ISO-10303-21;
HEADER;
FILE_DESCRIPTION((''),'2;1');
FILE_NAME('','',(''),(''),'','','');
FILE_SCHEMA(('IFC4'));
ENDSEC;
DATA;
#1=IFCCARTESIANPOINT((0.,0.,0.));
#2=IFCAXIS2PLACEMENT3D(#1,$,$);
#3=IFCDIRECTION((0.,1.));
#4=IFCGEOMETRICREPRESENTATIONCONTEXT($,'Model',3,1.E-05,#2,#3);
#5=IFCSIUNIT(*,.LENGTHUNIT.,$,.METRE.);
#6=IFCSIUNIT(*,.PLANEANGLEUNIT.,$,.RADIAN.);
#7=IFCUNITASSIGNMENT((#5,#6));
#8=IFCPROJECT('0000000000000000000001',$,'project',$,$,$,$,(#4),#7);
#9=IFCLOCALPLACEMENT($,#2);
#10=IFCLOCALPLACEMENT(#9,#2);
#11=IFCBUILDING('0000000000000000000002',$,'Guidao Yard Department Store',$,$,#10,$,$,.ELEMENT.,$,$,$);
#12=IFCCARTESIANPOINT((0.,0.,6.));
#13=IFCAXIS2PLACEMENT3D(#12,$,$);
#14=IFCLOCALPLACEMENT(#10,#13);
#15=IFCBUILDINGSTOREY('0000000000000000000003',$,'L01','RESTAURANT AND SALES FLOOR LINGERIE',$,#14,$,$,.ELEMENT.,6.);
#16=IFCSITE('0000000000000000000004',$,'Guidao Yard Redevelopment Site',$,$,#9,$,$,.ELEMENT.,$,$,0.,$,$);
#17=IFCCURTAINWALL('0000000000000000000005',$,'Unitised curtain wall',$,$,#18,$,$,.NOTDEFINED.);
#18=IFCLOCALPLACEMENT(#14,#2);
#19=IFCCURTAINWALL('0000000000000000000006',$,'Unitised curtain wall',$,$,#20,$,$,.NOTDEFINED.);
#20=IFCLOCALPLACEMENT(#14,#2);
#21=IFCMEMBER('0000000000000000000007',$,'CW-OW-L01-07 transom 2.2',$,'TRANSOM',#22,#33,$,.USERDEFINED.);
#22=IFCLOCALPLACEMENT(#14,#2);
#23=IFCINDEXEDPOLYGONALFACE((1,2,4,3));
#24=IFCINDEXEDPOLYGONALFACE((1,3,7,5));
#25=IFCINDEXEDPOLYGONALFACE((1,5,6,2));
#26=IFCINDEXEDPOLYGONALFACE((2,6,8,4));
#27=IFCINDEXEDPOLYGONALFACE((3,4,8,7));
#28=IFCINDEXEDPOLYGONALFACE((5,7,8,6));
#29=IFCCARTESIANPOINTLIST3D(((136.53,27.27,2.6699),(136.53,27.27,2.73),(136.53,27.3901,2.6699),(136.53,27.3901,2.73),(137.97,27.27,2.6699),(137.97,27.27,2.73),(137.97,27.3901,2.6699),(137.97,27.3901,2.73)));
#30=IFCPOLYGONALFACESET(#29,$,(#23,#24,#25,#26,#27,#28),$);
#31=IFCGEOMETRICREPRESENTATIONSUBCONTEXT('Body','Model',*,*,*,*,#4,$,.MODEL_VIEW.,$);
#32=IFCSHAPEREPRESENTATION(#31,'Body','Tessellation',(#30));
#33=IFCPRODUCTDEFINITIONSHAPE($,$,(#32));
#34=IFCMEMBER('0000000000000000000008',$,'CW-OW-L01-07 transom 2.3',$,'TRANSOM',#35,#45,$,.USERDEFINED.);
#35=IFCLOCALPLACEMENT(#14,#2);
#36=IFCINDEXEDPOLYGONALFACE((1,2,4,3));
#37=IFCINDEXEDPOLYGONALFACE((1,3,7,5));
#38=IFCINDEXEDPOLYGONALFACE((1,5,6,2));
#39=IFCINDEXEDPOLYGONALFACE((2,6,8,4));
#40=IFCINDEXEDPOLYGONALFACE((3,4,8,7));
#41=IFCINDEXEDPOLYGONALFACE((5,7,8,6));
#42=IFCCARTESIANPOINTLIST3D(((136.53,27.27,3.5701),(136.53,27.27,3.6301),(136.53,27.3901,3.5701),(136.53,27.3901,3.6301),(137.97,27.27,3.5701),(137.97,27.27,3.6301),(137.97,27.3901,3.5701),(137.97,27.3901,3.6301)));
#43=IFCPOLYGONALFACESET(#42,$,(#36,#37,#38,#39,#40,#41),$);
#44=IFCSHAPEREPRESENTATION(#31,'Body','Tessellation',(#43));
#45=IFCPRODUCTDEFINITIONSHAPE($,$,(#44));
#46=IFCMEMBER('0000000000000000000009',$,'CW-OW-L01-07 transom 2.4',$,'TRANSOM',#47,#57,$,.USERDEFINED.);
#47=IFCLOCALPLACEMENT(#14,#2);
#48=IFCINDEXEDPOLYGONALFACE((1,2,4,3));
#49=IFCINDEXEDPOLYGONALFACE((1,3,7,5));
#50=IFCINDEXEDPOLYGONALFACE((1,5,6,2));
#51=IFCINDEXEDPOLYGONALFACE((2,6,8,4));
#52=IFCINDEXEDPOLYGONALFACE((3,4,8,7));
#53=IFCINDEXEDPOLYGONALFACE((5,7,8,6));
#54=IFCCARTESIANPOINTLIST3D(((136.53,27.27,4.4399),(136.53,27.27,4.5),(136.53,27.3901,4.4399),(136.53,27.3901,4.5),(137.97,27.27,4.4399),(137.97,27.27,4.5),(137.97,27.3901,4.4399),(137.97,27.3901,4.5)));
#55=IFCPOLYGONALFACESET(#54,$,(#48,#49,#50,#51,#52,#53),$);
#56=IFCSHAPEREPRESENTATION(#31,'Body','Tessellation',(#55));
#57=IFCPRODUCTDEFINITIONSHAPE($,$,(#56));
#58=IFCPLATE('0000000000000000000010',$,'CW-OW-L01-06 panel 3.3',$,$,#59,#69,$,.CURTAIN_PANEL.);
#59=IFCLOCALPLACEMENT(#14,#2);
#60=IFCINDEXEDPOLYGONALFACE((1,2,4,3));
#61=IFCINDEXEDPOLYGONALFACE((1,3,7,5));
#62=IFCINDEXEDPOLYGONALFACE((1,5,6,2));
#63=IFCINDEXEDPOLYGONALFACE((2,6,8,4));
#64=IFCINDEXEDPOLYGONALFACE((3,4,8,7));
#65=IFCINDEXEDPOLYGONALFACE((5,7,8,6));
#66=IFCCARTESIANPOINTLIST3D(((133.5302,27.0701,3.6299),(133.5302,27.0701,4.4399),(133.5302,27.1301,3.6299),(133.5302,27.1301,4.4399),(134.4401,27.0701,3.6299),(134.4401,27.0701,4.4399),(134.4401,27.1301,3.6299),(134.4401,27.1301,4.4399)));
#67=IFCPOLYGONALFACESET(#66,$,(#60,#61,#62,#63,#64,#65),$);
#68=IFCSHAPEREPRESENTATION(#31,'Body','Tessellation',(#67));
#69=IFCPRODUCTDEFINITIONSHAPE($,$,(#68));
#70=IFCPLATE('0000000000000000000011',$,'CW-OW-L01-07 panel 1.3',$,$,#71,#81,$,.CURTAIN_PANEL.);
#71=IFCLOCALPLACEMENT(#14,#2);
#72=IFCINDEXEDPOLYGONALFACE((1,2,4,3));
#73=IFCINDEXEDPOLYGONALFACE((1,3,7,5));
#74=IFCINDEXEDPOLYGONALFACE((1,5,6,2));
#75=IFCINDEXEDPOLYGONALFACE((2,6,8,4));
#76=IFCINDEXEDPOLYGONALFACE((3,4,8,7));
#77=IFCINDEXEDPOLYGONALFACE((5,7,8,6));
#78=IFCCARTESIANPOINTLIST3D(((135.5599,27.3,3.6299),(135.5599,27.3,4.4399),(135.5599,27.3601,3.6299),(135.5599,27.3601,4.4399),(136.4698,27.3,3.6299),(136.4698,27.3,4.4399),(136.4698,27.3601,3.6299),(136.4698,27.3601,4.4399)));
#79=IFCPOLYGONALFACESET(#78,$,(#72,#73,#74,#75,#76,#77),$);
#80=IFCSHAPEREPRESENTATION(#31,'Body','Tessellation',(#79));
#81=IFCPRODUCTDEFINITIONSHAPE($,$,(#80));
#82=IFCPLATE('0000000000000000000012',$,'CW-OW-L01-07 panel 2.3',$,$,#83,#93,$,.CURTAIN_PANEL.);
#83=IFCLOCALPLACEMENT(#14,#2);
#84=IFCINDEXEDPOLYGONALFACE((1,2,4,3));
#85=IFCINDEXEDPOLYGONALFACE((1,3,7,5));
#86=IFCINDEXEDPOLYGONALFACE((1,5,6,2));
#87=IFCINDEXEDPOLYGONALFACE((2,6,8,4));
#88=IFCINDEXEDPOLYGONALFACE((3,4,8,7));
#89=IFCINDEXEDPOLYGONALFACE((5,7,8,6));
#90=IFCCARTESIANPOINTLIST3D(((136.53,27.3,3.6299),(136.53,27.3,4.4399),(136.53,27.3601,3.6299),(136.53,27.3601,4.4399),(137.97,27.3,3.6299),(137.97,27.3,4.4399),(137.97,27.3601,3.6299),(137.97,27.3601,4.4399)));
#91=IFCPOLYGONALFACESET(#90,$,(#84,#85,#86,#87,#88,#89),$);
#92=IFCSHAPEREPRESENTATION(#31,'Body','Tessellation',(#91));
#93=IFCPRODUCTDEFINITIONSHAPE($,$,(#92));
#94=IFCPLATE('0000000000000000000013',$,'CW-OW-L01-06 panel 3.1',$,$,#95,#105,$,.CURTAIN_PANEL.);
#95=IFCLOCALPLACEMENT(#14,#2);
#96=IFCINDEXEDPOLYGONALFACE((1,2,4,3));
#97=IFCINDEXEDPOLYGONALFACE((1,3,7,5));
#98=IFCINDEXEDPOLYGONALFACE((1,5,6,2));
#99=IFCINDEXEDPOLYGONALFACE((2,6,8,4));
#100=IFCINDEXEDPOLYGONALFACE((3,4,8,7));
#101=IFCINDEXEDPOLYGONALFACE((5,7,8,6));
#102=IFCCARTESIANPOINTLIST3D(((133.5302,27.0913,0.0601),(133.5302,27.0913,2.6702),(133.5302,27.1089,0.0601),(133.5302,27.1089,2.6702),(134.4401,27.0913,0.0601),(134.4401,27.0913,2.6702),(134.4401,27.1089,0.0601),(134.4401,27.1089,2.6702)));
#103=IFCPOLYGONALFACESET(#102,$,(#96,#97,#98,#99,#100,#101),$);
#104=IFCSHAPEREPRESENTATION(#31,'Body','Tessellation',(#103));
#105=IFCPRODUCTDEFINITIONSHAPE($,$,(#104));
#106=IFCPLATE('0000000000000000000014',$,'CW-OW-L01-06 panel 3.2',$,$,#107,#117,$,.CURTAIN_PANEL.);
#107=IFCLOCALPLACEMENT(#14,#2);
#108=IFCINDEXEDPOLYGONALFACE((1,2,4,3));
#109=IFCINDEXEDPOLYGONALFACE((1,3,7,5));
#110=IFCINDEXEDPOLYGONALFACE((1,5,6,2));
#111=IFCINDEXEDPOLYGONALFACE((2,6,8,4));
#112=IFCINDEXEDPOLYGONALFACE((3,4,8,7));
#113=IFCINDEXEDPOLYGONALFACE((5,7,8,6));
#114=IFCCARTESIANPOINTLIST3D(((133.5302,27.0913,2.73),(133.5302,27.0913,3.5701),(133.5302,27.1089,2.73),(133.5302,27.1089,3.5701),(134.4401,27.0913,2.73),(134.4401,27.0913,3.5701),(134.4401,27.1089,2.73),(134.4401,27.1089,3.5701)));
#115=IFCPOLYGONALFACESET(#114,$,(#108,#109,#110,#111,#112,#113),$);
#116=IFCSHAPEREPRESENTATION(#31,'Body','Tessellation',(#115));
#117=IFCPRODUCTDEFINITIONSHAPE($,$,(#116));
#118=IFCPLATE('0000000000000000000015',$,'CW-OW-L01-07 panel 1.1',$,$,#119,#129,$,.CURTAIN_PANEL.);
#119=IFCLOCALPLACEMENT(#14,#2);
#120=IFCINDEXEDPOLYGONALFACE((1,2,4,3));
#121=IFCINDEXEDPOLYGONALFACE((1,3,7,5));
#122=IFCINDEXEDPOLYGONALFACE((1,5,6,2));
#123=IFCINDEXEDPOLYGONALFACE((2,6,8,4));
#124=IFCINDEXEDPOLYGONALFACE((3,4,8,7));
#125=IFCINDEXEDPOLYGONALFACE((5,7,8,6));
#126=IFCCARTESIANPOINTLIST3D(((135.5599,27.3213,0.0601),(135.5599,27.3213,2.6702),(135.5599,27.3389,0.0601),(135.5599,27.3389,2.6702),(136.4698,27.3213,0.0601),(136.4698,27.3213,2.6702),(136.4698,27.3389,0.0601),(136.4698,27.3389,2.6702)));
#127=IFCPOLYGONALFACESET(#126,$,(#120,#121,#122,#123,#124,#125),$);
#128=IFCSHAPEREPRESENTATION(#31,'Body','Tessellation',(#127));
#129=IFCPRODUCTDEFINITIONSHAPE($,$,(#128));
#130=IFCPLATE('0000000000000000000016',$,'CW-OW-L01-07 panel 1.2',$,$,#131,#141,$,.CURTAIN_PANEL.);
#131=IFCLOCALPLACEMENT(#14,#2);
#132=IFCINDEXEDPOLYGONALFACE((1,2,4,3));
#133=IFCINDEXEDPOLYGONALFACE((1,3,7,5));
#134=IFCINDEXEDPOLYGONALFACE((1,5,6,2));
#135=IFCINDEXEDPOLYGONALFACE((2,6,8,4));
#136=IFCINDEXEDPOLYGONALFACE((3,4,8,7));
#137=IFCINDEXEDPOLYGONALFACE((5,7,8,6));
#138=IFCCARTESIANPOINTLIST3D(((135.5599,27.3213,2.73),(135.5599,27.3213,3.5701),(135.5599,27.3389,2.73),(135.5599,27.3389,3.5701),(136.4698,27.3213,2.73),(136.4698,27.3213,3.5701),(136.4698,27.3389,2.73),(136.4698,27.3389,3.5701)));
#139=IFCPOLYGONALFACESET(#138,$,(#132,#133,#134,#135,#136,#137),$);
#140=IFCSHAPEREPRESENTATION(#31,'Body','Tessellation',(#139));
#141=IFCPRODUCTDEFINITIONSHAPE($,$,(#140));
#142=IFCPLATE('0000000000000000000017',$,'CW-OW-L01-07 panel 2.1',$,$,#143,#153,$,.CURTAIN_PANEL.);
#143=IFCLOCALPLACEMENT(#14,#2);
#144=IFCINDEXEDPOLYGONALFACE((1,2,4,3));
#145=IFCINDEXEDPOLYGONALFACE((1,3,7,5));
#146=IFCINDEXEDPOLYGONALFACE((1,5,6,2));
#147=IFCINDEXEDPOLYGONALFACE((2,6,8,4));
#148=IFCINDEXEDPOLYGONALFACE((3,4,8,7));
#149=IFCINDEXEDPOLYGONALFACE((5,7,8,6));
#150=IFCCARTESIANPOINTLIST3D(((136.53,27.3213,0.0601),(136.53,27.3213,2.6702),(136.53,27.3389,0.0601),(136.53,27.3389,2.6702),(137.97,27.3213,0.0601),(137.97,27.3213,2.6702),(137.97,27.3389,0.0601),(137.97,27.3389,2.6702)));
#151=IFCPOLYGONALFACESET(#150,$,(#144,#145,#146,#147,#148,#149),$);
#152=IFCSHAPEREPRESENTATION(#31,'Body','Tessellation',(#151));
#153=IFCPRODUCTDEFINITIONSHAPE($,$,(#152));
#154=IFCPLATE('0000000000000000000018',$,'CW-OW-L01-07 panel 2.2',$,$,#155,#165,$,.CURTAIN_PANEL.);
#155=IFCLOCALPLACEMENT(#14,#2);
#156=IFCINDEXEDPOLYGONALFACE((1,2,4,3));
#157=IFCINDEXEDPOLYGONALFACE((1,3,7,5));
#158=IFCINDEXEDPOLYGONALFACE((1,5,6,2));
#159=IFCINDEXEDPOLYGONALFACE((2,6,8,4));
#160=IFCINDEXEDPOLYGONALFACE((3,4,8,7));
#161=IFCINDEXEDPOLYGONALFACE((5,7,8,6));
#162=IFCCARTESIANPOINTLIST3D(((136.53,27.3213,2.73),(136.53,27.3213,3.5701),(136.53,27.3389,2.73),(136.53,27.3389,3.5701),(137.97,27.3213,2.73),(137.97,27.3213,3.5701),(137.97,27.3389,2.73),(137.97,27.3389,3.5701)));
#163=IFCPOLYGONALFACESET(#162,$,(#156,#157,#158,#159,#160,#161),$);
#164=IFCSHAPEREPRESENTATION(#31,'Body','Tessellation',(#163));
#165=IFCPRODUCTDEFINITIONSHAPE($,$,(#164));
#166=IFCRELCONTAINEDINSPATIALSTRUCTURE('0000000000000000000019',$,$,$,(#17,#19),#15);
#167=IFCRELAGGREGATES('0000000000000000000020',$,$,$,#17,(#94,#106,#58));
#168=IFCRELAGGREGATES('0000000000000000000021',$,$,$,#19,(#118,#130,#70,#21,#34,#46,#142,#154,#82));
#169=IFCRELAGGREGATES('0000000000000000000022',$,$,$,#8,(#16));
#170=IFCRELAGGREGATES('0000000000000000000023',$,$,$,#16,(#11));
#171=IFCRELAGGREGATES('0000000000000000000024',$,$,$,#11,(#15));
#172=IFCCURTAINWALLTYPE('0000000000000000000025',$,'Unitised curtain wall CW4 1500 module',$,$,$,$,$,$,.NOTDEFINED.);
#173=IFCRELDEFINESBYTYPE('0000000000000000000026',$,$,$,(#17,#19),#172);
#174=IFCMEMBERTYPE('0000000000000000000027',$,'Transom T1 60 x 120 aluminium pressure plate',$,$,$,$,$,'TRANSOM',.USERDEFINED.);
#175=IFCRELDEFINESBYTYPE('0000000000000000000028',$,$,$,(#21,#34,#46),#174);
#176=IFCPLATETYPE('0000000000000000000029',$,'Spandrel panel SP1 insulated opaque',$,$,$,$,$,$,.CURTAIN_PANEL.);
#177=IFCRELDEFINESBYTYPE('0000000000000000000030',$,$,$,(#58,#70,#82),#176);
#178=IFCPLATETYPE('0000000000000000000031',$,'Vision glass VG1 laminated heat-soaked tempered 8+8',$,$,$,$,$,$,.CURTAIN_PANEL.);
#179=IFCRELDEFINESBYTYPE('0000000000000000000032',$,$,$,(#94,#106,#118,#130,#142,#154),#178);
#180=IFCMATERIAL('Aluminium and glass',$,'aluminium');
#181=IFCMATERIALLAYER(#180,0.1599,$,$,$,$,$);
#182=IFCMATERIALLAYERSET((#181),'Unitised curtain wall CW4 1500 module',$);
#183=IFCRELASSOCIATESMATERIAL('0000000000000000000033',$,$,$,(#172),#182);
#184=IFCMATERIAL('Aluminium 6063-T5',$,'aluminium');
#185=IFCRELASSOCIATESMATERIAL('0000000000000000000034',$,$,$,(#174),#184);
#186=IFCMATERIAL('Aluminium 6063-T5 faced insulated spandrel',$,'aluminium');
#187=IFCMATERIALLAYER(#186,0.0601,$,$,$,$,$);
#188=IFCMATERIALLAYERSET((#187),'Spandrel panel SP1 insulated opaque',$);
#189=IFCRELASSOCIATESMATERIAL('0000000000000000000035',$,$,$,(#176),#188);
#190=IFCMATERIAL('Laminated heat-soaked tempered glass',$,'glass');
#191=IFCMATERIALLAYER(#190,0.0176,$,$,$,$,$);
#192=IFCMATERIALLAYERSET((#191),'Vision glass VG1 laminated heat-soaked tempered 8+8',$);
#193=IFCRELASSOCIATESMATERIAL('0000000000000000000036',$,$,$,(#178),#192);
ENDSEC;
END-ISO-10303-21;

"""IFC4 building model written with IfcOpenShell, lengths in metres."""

from ifc_helpers import new_model, si_unit, direction, frame, origin, origin_2d, place, context, subcontext, project, spatial, rectangle, extrude, material, layer, layer_set, material_profile, profile_set, type_object, element, aggregate, save


model = new_model("IFC4")

# Units and contexts
model_context = context("Model", 3, precision=1e-05, world=origin(), true_north=direction((0.0, 1.0)))
body_context = subcontext(model_context, "Body", "Model", "MODEL_VIEW")
ifc_project = project(units=[si_unit("LENGTHUNIT", "METRE"), si_unit("PLANEANGLEUNIT", "RADIAN")], contexts=[model_context])

# Site, building, storey
site_placement = place(None, origin())
site = spatial("IfcSite", under=ifc_project, at=site_placement, Name="Guidao Yard Redevelopment Site", CompositionType="ELEMENT", RefElevation=0.0)
building_placement = place(site_placement, origin())
building = spatial("IfcBuilding", under=site, at=building_placement, Name="Guidao Yard Department Store", CompositionType="ELEMENT")
storey_placement = place(building_placement, frame((0.0, 0.0, 6.0)))
storey = spatial("IfcBuildingStorey", under=building, at=storey_placement, Name="L01", Description="RESTAURANT AND SALES FLOOR LINGERIE", CompositionType="ELEMENT", Elevation=6.0)

# Curtain wall
ifc_material_1 = material(Name="Aluminium and glass", Category="aluminium")
ifc_layer_1 = layer(ifc_material_1, 0.1599)
ifc_layer_set_1 = layer_set([ifc_layer_1], Name="Unitised curtain wall CW4 1500 module")
curtain_wall_type = type_object("IfcCurtainWallType", Name="Unitised curtain wall CW4 1500 module", PredefinedType="NOTDEFINED", material=ifc_layer_set_1)
curtain_wall_1_placement = place(storey_placement, origin())
curtain_wall_1 = element("IfcCurtainWall", 1, at=curtain_wall_1_placement, inside=storey, type_object=curtain_wall_type, Name="Unitised curtain wall", PredefinedType="NOTDEFINED")

# Curtain wall
curtain_wall_2_placement = place(storey_placement, origin())
curtain_wall_2 = element("IfcCurtainWall", 2, at=curtain_wall_2_placement, inside=storey, type_object=curtain_wall_type, Name="Unitised curtain wall", PredefinedType="NOTDEFINED")

# Members
ifc_material_2 = material(Name="Aluminium 6063-T5", Category="aluminium")
ifc_material_profile_1 = material_profile(ifc_material_2, rectangle(XDim=0.1201, YDim=0.0601, at=origin_2d()), Name="Transom T1 60 x 120 aluminium pressure plate")
ifc_profile_set_1 = profile_set([ifc_material_profile_1], Name="Aluminium 6063-T5")
member_type_1 = type_object("IfcMemberType", Name="Transom T1 60 x 120 aluminium pressure plate", ElementType="TRANSOM", PredefinedType="USERDEFINED", material=ifc_profile_set_1)
member_1_placement = place(storey_placement, frame((136.53, 27.3301, 2.7), z_axis=(1.0, 0.0, 0.0), x_axis=(0.0, 1.0, 0.0)))
member_1 = element("IfcMember", 3, at=member_1_placement, type_object=member_type_1, Name="CW-OW-L01-07 transom 2.2", ObjectType="TRANSOM", PredefinedType="USERDEFINED", context=body_context, shape_type="SweptSolid", body=[
    extrude(rectangle(XDim=0.1201, YDim=0.0601, at=origin_2d()), origin(), (0.0, 0.0, 1.0), 1.4399),
])
member_2_placement = place(storey_placement, frame((136.53, 27.3301, 3.6001), z_axis=(1.0, 0.0, 0.0), x_axis=(0.0, 1.0, 0.0)))
member_2 = element("IfcMember", 4, at=member_2_placement, type_object=member_type_1, Name="CW-OW-L01-07 transom 2.3", ObjectType="TRANSOM", PredefinedType="USERDEFINED", context=body_context, shape_type="SweptSolid", body=[
    extrude(rectangle(XDim=0.1201, YDim=0.0601, at=origin_2d()), origin(), (0.0, 0.0, 1.0), 1.4399),
])
member_3_placement = place(storey_placement, frame((136.53, 27.3301, 4.47), z_axis=(1.0, 0.0, 0.0), x_axis=(0.0, 1.0, 0.0)))
member_3 = element("IfcMember", 5, at=member_3_placement, type_object=member_type_1, Name="CW-OW-L01-07 transom 2.4", ObjectType="TRANSOM", PredefinedType="USERDEFINED", context=body_context, shape_type="SweptSolid", body=[
    extrude(rectangle(XDim=0.1201, YDim=0.0601, at=origin_2d()), origin(), (0.0, 0.0, 1.0), 1.4399),
])

# Plates
ifc_material_3 = material(Name="Aluminium 6063-T5 faced insulated spandrel", Category="aluminium")
ifc_layer_2 = layer(ifc_material_3, 0.0601)
ifc_layer_set_2 = layer_set([ifc_layer_2], Name="Spandrel panel SP1 insulated opaque")
plate_type_1 = type_object("IfcPlateType", Name="Spandrel panel SP1 insulated opaque", PredefinedType="CURTAIN_PANEL", material=ifc_layer_set_2)
plate_1_placement = place(storey_placement, frame((133.9851, 27.1001, 3.6299), z_axis=(0.0, 0.0, 1.0), x_axis=(1.0, 0.0, 0.0)))
plate_1 = element("IfcPlate", 6, at=plate_1_placement, type_object=plate_type_1, Name="CW-OW-L01-06 panel 3.3", PredefinedType="CURTAIN_PANEL", context=body_context, shape_type="SweptSolid", body=[
    extrude(rectangle(XDim=0.9099, YDim=0.0601, at=origin_2d()), origin(), (0.0, 0.0, 1.0), 0.8101),
])
plate_2_placement = place(storey_placement, frame((136.0149, 27.3301, 3.6299), z_axis=(0.0, 0.0, 1.0), x_axis=(1.0, 0.0, 0.0)))
plate_2 = element("IfcPlate", 7, at=plate_2_placement, type_object=plate_type_1, Name="CW-OW-L01-07 panel 1.3", PredefinedType="CURTAIN_PANEL", context=body_context, shape_type="SweptSolid", body=[
    extrude(rectangle(XDim=0.9099, YDim=0.0601, at=origin_2d()), origin(), (0.0, 0.0, 1.0), 0.8101),
])
plate_3_placement = place(storey_placement, frame((137.25, 27.3301, 3.6299), z_axis=(0.0, 0.0, 1.0), x_axis=(1.0, 0.0, 0.0)))
plate_3 = element("IfcPlate", 8, at=plate_3_placement, type_object=plate_type_1, Name="CW-OW-L01-07 panel 2.3", PredefinedType="CURTAIN_PANEL", context=body_context, shape_type="SweptSolid", body=[
    extrude(rectangle(XDim=1.4399, YDim=0.0601, at=origin_2d()), origin(), (0.0, 0.0, 1.0), 0.8101),
])
ifc_material_4 = material(Name="Laminated heat-soaked tempered glass", Category="glass")
ifc_layer_3 = layer(ifc_material_4, 0.0176)
ifc_layer_set_3 = layer_set([ifc_layer_3], Name="Vision glass VG1 laminated heat-soaked tempered 8+8")
plate_type_2 = type_object("IfcPlateType", Name="Vision glass VG1 laminated heat-soaked tempered 8+8", PredefinedType="CURTAIN_PANEL", material=ifc_layer_set_3)
plate_4_placement = place(storey_placement, frame((133.9851, 27.1001, 0.0601), z_axis=(0.0, 0.0, 1.0), x_axis=(1.0, 0.0, 0.0)))
plate_4 = element("IfcPlate", 9, at=plate_4_placement, type_object=plate_type_2, Name="CW-OW-L01-06 panel 3.1", PredefinedType="CURTAIN_PANEL", context=body_context, shape_type="SweptSolid", body=[
    extrude(rectangle(XDim=0.9099, YDim=0.0176, at=origin_2d()), origin(), (0.0, 0.0, 1.0), 2.6101),
])
plate_5_placement = place(storey_placement, frame((133.9851, 27.1001, 2.73), z_axis=(0.0, 0.0, 1.0), x_axis=(1.0, 0.0, 0.0)))
plate_5 = element("IfcPlate", 10, at=plate_5_placement, type_object=plate_type_2, Name="CW-OW-L01-06 panel 3.2", PredefinedType="CURTAIN_PANEL", context=body_context, shape_type="SweptSolid", body=[
    extrude(rectangle(XDim=0.9099, YDim=0.0176, at=origin_2d()), origin(), (0.0, 0.0, 1.0), 0.8401),
])
aggregate(curtain_wall_1, [plate_4, plate_5, plate_1])
plate_6_placement = place(storey_placement, frame((136.0149, 27.3301, 0.0601), z_axis=(0.0, 0.0, 1.0), x_axis=(1.0, 0.0, 0.0)))
plate_6 = element("IfcPlate", 11, at=plate_6_placement, type_object=plate_type_2, Name="CW-OW-L01-07 panel 1.1", PredefinedType="CURTAIN_PANEL", context=body_context, shape_type="SweptSolid", body=[
    extrude(rectangle(XDim=0.9099, YDim=0.0176, at=origin_2d()), origin(), (0.0, 0.0, 1.0), 2.6101),
])
plate_7_placement = place(storey_placement, frame((136.0149, 27.3301, 2.73), z_axis=(0.0, 0.0, 1.0), x_axis=(1.0, 0.0, 0.0)))
plate_7 = element("IfcPlate", 12, at=plate_7_placement, type_object=plate_type_2, Name="CW-OW-L01-07 panel 1.2", PredefinedType="CURTAIN_PANEL", context=body_context, shape_type="SweptSolid", body=[
    extrude(rectangle(XDim=0.9099, YDim=0.0176, at=origin_2d()), origin(), (0.0, 0.0, 1.0), 0.8401),
])
plate_8_placement = place(storey_placement, frame((137.25, 27.3301, 0.0601), z_axis=(0.0, 0.0, 1.0), x_axis=(1.0, 0.0, 0.0)))
plate_8 = element("IfcPlate", 13, at=plate_8_placement, type_object=plate_type_2, Name="CW-OW-L01-07 panel 2.1", PredefinedType="CURTAIN_PANEL", context=body_context, shape_type="SweptSolid", body=[
    extrude(rectangle(XDim=1.4399, YDim=0.0176, at=origin_2d()), origin(), (0.0, 0.0, 1.0), 2.6101),
])
plate_9_placement = place(storey_placement, frame((137.25, 27.3301, 2.73), z_axis=(0.0, 0.0, 1.0), x_axis=(1.0, 0.0, 0.0)))
plate_9 = element("IfcPlate", 14, at=plate_9_placement, type_object=plate_type_2, Name="CW-OW-L01-07 panel 2.2", PredefinedType="CURTAIN_PANEL", context=body_context, shape_type="SweptSolid", body=[
    extrude(rectangle(XDim=1.4399, YDim=0.0176, at=origin_2d()), origin(), (0.0, 0.0, 1.0), 0.8401),
])
aggregate(curtain_wall_2, [plate_6, plate_7, plate_2, member_1, member_2, member_3, plate_8, plate_9, plate_3])

save(model, "model.ifc")
